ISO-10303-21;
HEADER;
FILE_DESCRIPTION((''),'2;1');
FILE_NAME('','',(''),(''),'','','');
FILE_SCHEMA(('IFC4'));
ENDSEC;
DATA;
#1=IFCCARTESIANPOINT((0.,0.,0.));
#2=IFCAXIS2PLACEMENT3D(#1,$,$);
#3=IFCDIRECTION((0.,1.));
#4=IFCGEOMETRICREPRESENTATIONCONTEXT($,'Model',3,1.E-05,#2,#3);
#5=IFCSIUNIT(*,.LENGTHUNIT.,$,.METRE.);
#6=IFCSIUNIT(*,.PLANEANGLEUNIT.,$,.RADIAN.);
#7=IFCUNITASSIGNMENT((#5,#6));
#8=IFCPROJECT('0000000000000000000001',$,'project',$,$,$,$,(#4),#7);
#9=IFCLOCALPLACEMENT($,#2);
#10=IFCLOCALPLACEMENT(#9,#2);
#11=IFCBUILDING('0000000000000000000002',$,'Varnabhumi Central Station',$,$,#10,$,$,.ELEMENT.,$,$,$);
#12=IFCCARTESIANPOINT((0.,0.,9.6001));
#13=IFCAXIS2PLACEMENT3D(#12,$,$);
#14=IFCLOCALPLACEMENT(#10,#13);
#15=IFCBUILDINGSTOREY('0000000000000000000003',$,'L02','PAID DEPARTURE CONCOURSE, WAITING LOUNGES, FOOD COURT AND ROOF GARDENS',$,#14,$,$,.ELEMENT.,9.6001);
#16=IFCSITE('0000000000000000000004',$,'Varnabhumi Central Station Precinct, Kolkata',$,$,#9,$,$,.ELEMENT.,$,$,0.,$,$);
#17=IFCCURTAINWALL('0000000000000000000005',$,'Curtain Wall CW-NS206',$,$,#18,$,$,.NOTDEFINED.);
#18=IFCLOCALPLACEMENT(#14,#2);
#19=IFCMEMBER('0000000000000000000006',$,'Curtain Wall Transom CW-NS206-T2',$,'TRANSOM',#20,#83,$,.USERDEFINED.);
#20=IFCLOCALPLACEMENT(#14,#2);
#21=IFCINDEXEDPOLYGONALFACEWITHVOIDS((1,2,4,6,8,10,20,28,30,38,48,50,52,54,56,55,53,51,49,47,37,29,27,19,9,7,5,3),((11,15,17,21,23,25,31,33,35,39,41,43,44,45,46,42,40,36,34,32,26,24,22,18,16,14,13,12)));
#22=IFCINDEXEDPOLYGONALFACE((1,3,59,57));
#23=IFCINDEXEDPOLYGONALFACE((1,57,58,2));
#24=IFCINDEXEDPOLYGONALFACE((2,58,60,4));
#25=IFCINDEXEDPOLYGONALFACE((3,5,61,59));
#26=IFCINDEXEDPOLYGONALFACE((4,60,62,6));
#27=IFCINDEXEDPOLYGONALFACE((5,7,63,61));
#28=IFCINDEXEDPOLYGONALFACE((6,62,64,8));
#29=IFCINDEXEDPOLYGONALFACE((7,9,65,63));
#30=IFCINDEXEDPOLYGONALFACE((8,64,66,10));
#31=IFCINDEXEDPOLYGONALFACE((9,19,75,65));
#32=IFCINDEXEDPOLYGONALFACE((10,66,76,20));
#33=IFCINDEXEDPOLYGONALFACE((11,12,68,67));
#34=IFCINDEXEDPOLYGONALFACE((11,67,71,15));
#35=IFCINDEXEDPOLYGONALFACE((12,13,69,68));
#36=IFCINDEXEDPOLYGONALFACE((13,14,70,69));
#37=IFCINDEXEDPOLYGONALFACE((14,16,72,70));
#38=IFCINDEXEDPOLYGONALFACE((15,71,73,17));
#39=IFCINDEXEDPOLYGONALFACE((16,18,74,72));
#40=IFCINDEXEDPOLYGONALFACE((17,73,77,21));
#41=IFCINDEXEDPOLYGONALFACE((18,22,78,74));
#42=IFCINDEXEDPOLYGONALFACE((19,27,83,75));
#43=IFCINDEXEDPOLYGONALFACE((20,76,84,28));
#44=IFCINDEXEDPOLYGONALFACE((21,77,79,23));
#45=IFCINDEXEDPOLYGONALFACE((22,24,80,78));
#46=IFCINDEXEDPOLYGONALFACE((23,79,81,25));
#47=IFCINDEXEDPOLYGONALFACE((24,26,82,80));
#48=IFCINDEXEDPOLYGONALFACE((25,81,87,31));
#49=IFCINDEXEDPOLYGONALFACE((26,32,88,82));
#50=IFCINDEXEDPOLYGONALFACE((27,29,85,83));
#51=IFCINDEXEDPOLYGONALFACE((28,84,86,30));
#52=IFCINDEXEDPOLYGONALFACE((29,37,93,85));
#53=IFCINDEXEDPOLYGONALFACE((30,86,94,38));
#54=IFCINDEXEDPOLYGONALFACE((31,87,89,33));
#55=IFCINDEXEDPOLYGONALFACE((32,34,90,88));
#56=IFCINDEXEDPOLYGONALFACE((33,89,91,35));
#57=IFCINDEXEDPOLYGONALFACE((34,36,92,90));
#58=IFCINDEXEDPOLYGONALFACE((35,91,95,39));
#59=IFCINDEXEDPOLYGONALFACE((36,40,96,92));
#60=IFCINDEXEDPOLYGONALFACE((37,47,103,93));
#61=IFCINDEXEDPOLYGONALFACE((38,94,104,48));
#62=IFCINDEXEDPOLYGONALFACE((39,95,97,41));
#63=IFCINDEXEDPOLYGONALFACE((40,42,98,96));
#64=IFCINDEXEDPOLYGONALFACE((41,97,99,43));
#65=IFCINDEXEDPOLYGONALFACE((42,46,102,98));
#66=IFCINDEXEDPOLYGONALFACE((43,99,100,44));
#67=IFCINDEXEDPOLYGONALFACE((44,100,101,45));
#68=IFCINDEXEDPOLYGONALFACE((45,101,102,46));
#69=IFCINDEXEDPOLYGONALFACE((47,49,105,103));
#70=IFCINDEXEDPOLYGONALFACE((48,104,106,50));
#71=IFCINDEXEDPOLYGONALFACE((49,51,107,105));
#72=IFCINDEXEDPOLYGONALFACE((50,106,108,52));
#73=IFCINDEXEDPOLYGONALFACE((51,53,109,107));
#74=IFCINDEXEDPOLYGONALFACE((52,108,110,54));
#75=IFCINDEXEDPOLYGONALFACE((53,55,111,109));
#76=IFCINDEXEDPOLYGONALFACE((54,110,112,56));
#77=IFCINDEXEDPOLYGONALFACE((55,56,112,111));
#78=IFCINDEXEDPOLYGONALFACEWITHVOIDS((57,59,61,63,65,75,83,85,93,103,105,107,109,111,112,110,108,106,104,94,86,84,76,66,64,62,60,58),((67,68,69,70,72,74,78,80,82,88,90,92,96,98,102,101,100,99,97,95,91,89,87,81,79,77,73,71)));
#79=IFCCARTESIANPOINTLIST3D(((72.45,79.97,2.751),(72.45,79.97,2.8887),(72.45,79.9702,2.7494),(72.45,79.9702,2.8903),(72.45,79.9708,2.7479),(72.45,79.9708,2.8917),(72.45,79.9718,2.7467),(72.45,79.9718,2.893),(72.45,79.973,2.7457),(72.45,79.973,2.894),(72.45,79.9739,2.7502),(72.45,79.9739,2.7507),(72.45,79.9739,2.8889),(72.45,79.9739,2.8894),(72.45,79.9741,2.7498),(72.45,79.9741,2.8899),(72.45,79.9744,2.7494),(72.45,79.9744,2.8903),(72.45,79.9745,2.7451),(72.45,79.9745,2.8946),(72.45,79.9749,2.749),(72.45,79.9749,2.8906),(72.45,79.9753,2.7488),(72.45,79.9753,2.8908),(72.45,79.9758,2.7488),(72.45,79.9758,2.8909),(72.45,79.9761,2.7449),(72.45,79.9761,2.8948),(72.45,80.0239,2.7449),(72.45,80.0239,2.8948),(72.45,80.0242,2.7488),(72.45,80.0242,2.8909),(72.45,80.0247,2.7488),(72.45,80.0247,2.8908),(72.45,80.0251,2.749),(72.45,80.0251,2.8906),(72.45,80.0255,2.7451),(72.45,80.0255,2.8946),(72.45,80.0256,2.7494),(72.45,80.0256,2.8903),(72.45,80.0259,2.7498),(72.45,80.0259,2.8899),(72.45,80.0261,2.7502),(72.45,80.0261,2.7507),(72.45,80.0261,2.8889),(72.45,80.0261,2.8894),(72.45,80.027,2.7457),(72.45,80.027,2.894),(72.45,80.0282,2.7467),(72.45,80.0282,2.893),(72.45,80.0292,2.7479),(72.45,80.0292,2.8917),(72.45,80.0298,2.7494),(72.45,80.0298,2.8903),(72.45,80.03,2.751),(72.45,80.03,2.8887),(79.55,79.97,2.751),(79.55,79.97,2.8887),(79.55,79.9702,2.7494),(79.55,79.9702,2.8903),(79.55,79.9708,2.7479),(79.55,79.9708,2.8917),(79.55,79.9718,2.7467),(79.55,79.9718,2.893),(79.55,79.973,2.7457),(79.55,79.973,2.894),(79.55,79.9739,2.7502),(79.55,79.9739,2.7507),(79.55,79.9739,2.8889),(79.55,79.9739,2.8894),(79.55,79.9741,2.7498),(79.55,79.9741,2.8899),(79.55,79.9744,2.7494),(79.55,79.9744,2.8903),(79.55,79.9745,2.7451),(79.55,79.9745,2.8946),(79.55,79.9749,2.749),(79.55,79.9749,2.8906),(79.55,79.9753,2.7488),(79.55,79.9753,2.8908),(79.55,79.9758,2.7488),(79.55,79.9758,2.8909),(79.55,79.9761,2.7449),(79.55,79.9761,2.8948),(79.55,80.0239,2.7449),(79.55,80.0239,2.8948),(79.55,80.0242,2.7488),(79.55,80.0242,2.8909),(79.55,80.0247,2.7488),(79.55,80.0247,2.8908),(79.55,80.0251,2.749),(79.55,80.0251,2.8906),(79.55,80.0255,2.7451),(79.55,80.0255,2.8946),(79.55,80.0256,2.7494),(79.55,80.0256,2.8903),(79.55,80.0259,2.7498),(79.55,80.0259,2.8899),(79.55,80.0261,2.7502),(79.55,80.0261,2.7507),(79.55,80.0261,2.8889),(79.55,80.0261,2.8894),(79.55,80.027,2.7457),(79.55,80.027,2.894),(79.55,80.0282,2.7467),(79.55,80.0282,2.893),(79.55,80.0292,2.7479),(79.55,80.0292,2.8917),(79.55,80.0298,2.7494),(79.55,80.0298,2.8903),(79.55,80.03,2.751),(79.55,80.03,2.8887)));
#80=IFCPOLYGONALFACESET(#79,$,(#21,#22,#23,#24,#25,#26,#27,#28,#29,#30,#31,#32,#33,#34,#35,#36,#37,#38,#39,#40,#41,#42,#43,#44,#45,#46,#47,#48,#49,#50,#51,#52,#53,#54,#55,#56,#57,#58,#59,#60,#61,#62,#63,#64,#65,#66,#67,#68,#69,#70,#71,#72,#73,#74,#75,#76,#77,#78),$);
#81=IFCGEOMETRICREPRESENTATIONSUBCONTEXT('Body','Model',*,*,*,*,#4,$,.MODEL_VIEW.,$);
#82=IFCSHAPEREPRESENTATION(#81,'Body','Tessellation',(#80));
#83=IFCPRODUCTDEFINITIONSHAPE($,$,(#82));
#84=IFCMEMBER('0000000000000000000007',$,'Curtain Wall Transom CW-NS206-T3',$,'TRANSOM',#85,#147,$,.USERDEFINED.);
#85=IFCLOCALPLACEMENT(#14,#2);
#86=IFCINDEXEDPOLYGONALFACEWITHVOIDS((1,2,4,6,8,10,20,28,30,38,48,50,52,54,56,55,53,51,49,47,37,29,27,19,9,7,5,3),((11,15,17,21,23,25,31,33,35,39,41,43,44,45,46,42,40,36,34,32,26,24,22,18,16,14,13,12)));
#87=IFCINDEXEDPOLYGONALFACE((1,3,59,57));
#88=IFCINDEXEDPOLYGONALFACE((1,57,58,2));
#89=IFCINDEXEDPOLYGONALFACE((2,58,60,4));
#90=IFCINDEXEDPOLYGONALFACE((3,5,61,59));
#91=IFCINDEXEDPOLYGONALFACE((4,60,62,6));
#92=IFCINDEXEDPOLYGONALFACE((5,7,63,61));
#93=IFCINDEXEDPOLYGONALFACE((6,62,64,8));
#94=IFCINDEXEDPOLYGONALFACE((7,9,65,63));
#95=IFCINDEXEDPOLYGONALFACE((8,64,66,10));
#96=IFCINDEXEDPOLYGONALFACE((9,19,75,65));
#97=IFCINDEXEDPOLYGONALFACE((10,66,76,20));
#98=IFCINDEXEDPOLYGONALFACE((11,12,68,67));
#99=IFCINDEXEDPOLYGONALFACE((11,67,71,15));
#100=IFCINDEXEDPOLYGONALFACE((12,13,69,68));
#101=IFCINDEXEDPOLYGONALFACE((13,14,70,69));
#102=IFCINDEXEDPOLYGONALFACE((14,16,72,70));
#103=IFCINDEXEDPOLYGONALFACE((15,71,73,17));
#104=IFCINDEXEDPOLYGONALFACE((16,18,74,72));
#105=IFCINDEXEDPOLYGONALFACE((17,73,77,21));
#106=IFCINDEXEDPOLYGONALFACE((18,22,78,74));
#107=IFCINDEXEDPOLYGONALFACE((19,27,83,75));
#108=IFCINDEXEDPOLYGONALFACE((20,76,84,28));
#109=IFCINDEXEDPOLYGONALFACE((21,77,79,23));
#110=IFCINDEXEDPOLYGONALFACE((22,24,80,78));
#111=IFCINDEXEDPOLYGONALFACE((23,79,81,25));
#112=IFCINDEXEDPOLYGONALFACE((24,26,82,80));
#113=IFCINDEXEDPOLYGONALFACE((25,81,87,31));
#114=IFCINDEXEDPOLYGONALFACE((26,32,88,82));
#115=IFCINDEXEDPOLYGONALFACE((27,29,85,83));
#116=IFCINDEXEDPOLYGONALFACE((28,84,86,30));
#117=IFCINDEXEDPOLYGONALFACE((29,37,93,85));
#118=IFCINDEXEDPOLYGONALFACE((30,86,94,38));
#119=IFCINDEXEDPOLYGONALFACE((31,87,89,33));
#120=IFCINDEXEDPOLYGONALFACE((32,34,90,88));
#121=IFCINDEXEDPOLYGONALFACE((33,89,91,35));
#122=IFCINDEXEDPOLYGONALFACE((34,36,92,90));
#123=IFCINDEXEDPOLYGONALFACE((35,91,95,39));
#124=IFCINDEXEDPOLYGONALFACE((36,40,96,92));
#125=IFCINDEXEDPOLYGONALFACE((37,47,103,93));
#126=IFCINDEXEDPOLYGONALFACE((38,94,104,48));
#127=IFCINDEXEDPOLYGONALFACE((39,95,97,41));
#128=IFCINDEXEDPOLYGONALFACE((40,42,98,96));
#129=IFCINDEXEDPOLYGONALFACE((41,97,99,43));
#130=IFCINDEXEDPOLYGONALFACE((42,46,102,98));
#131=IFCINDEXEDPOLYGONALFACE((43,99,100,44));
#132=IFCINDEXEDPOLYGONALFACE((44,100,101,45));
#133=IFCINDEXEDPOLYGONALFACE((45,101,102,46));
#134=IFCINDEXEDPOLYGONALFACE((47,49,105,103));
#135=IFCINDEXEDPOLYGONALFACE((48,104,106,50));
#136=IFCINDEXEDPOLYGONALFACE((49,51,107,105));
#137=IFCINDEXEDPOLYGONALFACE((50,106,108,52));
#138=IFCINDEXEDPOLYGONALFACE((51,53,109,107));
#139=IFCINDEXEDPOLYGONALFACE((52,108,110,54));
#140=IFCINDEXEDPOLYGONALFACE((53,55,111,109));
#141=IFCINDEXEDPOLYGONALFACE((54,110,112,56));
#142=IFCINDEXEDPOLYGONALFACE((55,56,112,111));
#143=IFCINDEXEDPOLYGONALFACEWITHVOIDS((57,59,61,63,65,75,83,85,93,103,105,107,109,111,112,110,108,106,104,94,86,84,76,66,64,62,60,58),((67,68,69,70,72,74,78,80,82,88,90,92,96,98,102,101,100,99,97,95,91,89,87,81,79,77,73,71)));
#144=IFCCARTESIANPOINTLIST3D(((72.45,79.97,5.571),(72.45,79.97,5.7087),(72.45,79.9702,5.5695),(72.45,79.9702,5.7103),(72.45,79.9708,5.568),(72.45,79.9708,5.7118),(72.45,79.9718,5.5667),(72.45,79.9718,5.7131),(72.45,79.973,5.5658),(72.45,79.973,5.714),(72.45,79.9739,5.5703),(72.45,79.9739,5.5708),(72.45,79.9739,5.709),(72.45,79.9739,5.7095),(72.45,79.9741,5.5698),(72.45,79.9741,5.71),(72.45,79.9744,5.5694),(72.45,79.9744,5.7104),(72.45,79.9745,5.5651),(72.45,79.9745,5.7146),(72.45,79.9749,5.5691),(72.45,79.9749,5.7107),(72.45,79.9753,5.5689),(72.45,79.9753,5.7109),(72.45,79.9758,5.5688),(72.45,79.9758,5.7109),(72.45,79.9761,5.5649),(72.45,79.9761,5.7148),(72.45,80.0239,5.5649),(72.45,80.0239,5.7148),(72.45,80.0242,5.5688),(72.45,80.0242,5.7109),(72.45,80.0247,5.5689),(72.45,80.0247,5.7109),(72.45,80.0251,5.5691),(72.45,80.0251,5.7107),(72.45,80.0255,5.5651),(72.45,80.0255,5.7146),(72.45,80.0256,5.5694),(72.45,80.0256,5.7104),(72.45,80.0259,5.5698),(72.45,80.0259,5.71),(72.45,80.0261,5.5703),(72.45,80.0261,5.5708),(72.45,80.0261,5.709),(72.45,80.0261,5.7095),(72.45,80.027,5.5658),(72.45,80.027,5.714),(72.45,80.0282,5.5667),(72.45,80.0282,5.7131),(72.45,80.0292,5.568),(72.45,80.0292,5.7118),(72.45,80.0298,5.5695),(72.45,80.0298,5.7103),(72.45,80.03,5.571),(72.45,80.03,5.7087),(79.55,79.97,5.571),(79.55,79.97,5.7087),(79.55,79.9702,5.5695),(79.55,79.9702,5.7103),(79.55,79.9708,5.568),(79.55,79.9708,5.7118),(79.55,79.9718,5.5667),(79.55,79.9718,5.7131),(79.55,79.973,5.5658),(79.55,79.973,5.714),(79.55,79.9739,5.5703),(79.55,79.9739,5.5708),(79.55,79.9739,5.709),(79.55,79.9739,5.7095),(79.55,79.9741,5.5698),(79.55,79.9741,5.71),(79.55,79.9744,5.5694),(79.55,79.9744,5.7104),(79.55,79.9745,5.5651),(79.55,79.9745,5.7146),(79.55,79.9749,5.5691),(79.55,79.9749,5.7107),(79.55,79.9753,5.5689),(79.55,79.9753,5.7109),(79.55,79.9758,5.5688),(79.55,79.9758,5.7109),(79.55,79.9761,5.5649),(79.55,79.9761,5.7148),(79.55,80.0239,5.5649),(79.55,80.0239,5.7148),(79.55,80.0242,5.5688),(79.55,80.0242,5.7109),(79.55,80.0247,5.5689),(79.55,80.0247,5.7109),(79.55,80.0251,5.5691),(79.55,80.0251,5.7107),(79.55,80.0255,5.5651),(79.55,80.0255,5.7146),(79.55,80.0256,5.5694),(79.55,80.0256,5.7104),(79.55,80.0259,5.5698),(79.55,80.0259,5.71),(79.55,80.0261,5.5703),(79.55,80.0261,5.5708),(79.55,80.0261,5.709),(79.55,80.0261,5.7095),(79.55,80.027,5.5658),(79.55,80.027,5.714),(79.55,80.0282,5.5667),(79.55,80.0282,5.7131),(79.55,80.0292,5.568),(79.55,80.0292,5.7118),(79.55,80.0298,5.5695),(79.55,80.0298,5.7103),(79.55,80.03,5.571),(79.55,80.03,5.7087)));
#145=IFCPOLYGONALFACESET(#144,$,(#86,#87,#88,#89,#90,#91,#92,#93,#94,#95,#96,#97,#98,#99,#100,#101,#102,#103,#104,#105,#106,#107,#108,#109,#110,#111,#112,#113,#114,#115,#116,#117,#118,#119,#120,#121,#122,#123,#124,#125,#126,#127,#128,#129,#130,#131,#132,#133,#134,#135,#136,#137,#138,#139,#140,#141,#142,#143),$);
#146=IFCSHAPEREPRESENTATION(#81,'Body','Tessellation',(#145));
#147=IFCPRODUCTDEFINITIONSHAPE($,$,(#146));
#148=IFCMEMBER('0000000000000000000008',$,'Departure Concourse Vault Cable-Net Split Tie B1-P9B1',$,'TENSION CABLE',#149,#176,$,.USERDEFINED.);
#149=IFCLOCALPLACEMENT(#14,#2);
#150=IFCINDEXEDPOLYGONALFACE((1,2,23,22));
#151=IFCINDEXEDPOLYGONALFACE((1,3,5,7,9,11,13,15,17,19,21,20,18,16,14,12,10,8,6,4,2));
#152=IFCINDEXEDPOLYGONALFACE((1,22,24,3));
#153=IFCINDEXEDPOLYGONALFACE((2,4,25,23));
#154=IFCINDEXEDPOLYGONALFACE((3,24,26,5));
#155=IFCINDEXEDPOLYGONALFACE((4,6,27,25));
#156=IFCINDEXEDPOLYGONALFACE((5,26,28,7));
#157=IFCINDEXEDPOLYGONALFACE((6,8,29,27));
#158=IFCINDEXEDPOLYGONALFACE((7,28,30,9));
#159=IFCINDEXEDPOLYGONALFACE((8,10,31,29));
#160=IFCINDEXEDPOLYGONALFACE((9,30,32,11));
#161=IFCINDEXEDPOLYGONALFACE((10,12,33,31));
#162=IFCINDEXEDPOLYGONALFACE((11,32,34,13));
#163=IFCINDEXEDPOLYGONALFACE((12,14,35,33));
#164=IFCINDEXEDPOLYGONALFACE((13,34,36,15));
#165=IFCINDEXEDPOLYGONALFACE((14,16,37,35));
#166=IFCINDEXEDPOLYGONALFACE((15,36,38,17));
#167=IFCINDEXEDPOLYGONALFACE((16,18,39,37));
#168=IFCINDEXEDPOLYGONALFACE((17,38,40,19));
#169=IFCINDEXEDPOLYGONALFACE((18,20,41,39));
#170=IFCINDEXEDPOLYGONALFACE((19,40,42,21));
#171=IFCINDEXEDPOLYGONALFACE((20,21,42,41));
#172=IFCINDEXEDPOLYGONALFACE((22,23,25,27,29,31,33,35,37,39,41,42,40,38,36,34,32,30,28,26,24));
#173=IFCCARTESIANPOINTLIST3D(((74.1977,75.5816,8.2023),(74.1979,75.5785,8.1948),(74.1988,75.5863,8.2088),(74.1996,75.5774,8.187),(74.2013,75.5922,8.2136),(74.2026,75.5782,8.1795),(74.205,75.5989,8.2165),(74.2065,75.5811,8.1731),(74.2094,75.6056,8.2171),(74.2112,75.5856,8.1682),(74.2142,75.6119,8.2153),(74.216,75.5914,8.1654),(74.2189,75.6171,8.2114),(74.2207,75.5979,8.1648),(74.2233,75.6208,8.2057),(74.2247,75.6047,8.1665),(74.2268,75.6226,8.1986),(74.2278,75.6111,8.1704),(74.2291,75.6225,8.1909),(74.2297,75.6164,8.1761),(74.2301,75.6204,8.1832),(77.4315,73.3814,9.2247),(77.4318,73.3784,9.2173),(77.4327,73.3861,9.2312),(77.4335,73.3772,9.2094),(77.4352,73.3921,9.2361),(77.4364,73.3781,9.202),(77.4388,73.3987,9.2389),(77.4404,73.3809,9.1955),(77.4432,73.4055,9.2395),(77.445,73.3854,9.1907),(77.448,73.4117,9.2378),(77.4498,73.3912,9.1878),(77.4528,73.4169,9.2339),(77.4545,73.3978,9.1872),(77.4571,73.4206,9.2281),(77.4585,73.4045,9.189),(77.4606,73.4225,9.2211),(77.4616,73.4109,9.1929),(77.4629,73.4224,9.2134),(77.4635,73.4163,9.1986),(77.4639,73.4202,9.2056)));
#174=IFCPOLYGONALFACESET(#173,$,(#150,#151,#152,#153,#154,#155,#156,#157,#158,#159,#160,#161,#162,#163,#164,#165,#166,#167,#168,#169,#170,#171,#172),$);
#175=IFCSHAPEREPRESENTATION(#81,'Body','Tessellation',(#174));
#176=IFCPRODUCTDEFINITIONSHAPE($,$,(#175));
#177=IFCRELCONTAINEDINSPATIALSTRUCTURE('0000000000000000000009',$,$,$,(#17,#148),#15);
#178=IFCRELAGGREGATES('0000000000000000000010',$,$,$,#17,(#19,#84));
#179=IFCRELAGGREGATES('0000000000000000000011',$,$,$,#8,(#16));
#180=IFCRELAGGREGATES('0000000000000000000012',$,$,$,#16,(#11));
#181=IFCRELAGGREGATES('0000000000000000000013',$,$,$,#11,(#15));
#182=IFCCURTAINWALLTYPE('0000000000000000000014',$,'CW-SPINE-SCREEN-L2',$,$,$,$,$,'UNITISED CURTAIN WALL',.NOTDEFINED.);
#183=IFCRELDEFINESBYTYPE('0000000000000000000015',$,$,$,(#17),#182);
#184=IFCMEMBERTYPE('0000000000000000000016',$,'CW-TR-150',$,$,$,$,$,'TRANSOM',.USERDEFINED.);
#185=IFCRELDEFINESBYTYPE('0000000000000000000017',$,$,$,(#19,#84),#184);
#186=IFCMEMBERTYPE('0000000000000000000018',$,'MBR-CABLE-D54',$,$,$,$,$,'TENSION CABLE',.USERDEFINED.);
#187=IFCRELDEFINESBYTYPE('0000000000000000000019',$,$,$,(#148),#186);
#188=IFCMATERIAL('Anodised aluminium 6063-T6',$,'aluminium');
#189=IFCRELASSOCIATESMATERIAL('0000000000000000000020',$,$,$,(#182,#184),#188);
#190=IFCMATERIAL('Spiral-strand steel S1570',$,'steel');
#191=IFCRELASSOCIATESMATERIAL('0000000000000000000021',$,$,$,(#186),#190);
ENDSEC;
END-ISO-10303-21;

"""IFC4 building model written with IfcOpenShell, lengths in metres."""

from ifc_helpers import new_model, si_unit, direction, frame, origin, origin_2d, place, context, subcontext, project, spatial, hollow_rectangle, circle, extrude, material, material_profile, profile_set, type_object, element, aggregate, save


model = new_model("IFC4")

# Units and contexts
model_context = context("Model", 3, precision=1e-05, world=origin(), true_north=direction((0.0, 1.0)))
body_context = subcontext(model_context, "Body", "Model", "MODEL_VIEW")
ifc_project = project(units=[si_unit("LENGTHUNIT", "METRE"), si_unit("PLANEANGLEUNIT", "RADIAN")], contexts=[model_context])

# Site, building, storey
site_placement = place(None, origin())
site = spatial("IfcSite", under=ifc_project, at=site_placement, Name="Varnabhumi Central Station Precinct, Kolkata", CompositionType="ELEMENT", RefElevation=0.0)
building_placement = place(site_placement, origin())
building = spatial("IfcBuilding", under=site, at=building_placement, Name="Varnabhumi Central Station", CompositionType="ELEMENT")
storey_placement = place(building_placement, frame((0.0, 0.0, 9.6001)))
storey = spatial("IfcBuildingStorey", under=building, at=storey_placement, Name="L02", Description="PAID DEPARTURE CONCOURSE, WAITING LOUNGES, FOOD COURT AND ROOF GARDENS", CompositionType="ELEMENT", Elevation=9.6001)

# Curtain wall
ifc_material_1 = material(Name="Anodised aluminium 6063-T6", Category="aluminium")
curtain_wall_type_1 = type_object("IfcCurtainWallType", Name="CW-SPINE-SCREEN-L2", ElementType="UNITISED CURTAIN WALL", PredefinedType="NOTDEFINED", material=ifc_material_1)
curtain_wall_1_placement = place(storey_placement, origin())
curtain_wall_1 = element("IfcCurtainWall", 1, at=curtain_wall_1_placement, inside=storey, type_object=curtain_wall_type_1, Name="Curtain Wall CW-NS206", PredefinedType="NOTDEFINED")

# Members
ifc_material_profile_1 = material_profile(ifc_material_1, hollow_rectangle(XDim=0.0601, YDim=0.1499, WallThickness=0.0039, InnerFilletRadius=0.002, OuterFilletRadius=0.0061, at=origin_2d()), Name="Anodised aluminium 6063-T6", Category="aluminium")
ifc_profile_set_1 = profile_set([ifc_material_profile_1], Name="Anodised aluminium 6063-T6")
member_type_1 = type_object("IfcMemberType", Name="CW-TR-150", ElementType="TRANSOM", PredefinedType="USERDEFINED", material=ifc_profile_set_1)
member_1_placement = place(storey_placement, frame((72.45, 80.0, 2.8198), z_axis=(1.0, 0.0, 0.0), x_axis=(0.0, 1.0, 0.0)))
member_1 = element("IfcMember", 2, at=member_1_placement, type_object=member_type_1, Name="Curtain Wall Transom CW-NS206-T2", ObjectType="TRANSOM", PredefinedType="USERDEFINED", context=body_context, shape_type="SweptSolid", body=[
    extrude(hollow_rectangle(XDim=0.0601, YDim=0.1499, WallThickness=0.0039, InnerFilletRadius=0.002, OuterFilletRadius=0.0061, at=origin_2d()), origin(), (0.0, 0.0, 1.0), 7.1001),
])
member_2_placement = place(storey_placement, frame((72.45, 80.0, 5.6399), z_axis=(1.0, 0.0, 0.0), x_axis=(0.0, 1.0, 0.0)))
member_2 = element("IfcMember", 3, at=member_2_placement, type_object=member_type_1, Name="Curtain Wall Transom CW-NS206-T3", ObjectType="TRANSOM", PredefinedType="USERDEFINED", context=body_context, shape_type="SweptSolid", body=[
    extrude(hollow_rectangle(XDim=0.0601, YDim=0.1499, WallThickness=0.0039, InnerFilletRadius=0.002, OuterFilletRadius=0.0061, at=origin_2d()), origin(), (0.0, 0.0, 1.0), 7.1001),
])

# Member
ifc_material_2 = material(Name="Spiral-strand steel S1570", Category="steel")
ifc_material_profile_2 = material_profile(ifc_material_2, circle(Radius=0.0271, at=origin_2d()), Name="Spiral-strand steel S1570", Category="steel")
ifc_profile_set_2 = profile_set([ifc_material_profile_2], Name="Spiral-strand steel S1570")
member_type_2 = type_object("IfcMemberType", Name="MBR-CABLE-D54", ElementType="TENSION CABLE", PredefinedType="USERDEFINED", material=ifc_profile_set_2)
member_3_placement = place(storey_placement, frame((74.2139, 75.6001, 8.1909), z_axis=(0.799911, -0.544224, 0.252909), x_axis=(0.562511, 0.826789, 0.0)))
element("IfcMember", 4, at=member_3_placement, inside=storey, type_object=member_type_2, Name="Departure Concourse Vault Cable-Net Split Tie B1-P9B1", ObjectType="TENSION CABLE", PredefinedType="USERDEFINED", context=body_context, shape_type="SweptSolid", body=[
    extrude(circle(Radius=0.0271, at=origin_2d()), origin(), (0.0, 0.0, 1.0), 4.0427),
])

aggregate(curtain_wall_1, [member_1, member_2])

save(model, "model.ifc")
